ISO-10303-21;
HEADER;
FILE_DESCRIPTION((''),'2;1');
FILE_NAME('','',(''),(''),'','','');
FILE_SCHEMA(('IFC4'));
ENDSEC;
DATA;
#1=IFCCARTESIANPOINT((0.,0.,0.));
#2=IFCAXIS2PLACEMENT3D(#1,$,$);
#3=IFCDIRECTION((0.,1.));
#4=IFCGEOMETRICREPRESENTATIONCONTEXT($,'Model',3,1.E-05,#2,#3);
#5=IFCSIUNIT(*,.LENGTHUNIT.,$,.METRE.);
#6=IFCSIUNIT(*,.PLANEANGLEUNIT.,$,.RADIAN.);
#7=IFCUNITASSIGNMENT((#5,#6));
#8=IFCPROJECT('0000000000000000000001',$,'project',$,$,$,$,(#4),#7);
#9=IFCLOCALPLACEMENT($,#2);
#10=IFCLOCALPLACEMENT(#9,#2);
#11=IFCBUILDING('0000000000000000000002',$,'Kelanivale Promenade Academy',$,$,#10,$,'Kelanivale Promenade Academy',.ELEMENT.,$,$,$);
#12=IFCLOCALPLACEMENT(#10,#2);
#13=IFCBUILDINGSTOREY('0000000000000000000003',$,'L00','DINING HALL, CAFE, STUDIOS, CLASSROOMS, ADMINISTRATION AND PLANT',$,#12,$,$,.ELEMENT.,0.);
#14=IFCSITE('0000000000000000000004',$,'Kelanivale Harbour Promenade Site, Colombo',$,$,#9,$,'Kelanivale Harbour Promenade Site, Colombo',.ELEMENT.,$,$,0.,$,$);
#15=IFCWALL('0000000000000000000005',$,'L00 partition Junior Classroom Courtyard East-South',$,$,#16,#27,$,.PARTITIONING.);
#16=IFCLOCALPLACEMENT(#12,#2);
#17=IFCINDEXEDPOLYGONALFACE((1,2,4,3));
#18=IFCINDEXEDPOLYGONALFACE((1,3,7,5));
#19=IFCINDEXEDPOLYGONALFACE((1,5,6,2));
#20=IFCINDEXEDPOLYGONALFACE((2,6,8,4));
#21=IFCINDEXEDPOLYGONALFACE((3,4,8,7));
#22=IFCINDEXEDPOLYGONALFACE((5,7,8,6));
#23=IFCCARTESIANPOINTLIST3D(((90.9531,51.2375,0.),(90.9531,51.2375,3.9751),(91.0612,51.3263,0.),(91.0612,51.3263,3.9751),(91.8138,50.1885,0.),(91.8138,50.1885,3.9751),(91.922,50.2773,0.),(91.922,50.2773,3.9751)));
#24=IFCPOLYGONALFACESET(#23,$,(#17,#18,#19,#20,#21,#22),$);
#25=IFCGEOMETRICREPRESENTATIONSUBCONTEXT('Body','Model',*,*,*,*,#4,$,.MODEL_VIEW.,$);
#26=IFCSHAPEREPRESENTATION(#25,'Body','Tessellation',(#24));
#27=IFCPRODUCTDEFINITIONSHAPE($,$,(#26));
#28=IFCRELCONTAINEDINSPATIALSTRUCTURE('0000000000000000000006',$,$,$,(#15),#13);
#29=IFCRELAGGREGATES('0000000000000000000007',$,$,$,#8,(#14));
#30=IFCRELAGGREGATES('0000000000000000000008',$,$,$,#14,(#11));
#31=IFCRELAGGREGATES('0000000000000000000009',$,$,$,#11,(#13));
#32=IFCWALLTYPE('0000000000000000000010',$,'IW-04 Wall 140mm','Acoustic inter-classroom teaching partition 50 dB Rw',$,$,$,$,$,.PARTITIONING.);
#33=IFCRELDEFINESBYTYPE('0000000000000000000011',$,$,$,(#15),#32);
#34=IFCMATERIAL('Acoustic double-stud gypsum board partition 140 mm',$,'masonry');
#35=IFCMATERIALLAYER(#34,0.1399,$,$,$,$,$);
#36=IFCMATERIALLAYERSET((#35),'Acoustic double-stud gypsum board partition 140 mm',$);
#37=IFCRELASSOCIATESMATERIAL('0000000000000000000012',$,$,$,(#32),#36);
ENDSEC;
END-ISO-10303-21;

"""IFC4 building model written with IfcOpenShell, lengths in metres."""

from ifc_helpers import new_model, si_unit, direction, frame, frame_2d, origin, place, context, subcontext, project, spatial, rectangle, extrude, material, layer, layer_set, type_object, element, save


model = new_model("IFC4")

# Units and contexts
model_context = context("Model", 3, precision=1e-05, world=origin(), true_north=direction((0.0, 1.0)))
body_context = subcontext(model_context, "Body", "Model", "MODEL_VIEW")
ifc_project = project(units=[si_unit("LENGTHUNIT", "METRE"), si_unit("PLANEANGLEUNIT", "RADIAN")], contexts=[model_context])

# Site, building, storey
site_placement = place(None, origin())
site = spatial("IfcSite", under=ifc_project, at=site_placement, Name="Kelanivale Harbour Promenade Site, Colombo", LongName="Kelanivale Harbour Promenade Site, Colombo", CompositionType="ELEMENT", RefElevation=0.0)
building_placement = place(site_placement, origin())
building = spatial("IfcBuilding", under=site, at=building_placement, Name="Kelanivale Promenade Academy", LongName="Kelanivale Promenade Academy", CompositionType="ELEMENT")
storey_placement = place(building_placement, origin())
storey = spatial("IfcBuildingStorey", under=building, at=storey_placement, Name="L00", Description="DINING HALL, CAFE, STUDIOS, CLASSROOMS, ADMINISTRATION AND PLANT", CompositionType="ELEMENT", Elevation=0.0)

# Wall
ifc_material_1 = material(Name="Acoustic double-stud gypsum board partition 140 mm", Category="masonry")
ifc_layer_1 = layer(ifc_material_1, 0.1399)
ifc_layer_set_1 = layer_set([ifc_layer_1], Name="Acoustic double-stud gypsum board partition 140 mm")
wall_type = type_object("IfcWallType", Name="IW-04 Wall 140mm", Description="Acoustic inter-classroom teaching partition 50 dB Rw", PredefinedType="PARTITIONING", material=ifc_layer_set_1)
for number, where, z_axis, x_axis, name in (
    (1, (91.8679, 50.2329, 0.0), (0.0, 0.0, 1.0), (-0.634344, 0.773051, 0.0), "L00 partition Junior Classroom Courtyard East-South"),
):
    element("IfcWall", number, at=place(storey_placement, frame(where, z_axis=z_axis, x_axis=x_axis)), inside=storey, type_object=wall_type, Name=name, PredefinedType="PARTITIONING", context=body_context, shape_type="SweptSolid", body=[
        extrude(rectangle(XDim=1.3569, YDim=0.1399, at=frame_2d((0.6785, 0.0))), origin(), (0.0, 0.0, 1.0), 3.9751),
    ])

save(model, "model.ifc")
